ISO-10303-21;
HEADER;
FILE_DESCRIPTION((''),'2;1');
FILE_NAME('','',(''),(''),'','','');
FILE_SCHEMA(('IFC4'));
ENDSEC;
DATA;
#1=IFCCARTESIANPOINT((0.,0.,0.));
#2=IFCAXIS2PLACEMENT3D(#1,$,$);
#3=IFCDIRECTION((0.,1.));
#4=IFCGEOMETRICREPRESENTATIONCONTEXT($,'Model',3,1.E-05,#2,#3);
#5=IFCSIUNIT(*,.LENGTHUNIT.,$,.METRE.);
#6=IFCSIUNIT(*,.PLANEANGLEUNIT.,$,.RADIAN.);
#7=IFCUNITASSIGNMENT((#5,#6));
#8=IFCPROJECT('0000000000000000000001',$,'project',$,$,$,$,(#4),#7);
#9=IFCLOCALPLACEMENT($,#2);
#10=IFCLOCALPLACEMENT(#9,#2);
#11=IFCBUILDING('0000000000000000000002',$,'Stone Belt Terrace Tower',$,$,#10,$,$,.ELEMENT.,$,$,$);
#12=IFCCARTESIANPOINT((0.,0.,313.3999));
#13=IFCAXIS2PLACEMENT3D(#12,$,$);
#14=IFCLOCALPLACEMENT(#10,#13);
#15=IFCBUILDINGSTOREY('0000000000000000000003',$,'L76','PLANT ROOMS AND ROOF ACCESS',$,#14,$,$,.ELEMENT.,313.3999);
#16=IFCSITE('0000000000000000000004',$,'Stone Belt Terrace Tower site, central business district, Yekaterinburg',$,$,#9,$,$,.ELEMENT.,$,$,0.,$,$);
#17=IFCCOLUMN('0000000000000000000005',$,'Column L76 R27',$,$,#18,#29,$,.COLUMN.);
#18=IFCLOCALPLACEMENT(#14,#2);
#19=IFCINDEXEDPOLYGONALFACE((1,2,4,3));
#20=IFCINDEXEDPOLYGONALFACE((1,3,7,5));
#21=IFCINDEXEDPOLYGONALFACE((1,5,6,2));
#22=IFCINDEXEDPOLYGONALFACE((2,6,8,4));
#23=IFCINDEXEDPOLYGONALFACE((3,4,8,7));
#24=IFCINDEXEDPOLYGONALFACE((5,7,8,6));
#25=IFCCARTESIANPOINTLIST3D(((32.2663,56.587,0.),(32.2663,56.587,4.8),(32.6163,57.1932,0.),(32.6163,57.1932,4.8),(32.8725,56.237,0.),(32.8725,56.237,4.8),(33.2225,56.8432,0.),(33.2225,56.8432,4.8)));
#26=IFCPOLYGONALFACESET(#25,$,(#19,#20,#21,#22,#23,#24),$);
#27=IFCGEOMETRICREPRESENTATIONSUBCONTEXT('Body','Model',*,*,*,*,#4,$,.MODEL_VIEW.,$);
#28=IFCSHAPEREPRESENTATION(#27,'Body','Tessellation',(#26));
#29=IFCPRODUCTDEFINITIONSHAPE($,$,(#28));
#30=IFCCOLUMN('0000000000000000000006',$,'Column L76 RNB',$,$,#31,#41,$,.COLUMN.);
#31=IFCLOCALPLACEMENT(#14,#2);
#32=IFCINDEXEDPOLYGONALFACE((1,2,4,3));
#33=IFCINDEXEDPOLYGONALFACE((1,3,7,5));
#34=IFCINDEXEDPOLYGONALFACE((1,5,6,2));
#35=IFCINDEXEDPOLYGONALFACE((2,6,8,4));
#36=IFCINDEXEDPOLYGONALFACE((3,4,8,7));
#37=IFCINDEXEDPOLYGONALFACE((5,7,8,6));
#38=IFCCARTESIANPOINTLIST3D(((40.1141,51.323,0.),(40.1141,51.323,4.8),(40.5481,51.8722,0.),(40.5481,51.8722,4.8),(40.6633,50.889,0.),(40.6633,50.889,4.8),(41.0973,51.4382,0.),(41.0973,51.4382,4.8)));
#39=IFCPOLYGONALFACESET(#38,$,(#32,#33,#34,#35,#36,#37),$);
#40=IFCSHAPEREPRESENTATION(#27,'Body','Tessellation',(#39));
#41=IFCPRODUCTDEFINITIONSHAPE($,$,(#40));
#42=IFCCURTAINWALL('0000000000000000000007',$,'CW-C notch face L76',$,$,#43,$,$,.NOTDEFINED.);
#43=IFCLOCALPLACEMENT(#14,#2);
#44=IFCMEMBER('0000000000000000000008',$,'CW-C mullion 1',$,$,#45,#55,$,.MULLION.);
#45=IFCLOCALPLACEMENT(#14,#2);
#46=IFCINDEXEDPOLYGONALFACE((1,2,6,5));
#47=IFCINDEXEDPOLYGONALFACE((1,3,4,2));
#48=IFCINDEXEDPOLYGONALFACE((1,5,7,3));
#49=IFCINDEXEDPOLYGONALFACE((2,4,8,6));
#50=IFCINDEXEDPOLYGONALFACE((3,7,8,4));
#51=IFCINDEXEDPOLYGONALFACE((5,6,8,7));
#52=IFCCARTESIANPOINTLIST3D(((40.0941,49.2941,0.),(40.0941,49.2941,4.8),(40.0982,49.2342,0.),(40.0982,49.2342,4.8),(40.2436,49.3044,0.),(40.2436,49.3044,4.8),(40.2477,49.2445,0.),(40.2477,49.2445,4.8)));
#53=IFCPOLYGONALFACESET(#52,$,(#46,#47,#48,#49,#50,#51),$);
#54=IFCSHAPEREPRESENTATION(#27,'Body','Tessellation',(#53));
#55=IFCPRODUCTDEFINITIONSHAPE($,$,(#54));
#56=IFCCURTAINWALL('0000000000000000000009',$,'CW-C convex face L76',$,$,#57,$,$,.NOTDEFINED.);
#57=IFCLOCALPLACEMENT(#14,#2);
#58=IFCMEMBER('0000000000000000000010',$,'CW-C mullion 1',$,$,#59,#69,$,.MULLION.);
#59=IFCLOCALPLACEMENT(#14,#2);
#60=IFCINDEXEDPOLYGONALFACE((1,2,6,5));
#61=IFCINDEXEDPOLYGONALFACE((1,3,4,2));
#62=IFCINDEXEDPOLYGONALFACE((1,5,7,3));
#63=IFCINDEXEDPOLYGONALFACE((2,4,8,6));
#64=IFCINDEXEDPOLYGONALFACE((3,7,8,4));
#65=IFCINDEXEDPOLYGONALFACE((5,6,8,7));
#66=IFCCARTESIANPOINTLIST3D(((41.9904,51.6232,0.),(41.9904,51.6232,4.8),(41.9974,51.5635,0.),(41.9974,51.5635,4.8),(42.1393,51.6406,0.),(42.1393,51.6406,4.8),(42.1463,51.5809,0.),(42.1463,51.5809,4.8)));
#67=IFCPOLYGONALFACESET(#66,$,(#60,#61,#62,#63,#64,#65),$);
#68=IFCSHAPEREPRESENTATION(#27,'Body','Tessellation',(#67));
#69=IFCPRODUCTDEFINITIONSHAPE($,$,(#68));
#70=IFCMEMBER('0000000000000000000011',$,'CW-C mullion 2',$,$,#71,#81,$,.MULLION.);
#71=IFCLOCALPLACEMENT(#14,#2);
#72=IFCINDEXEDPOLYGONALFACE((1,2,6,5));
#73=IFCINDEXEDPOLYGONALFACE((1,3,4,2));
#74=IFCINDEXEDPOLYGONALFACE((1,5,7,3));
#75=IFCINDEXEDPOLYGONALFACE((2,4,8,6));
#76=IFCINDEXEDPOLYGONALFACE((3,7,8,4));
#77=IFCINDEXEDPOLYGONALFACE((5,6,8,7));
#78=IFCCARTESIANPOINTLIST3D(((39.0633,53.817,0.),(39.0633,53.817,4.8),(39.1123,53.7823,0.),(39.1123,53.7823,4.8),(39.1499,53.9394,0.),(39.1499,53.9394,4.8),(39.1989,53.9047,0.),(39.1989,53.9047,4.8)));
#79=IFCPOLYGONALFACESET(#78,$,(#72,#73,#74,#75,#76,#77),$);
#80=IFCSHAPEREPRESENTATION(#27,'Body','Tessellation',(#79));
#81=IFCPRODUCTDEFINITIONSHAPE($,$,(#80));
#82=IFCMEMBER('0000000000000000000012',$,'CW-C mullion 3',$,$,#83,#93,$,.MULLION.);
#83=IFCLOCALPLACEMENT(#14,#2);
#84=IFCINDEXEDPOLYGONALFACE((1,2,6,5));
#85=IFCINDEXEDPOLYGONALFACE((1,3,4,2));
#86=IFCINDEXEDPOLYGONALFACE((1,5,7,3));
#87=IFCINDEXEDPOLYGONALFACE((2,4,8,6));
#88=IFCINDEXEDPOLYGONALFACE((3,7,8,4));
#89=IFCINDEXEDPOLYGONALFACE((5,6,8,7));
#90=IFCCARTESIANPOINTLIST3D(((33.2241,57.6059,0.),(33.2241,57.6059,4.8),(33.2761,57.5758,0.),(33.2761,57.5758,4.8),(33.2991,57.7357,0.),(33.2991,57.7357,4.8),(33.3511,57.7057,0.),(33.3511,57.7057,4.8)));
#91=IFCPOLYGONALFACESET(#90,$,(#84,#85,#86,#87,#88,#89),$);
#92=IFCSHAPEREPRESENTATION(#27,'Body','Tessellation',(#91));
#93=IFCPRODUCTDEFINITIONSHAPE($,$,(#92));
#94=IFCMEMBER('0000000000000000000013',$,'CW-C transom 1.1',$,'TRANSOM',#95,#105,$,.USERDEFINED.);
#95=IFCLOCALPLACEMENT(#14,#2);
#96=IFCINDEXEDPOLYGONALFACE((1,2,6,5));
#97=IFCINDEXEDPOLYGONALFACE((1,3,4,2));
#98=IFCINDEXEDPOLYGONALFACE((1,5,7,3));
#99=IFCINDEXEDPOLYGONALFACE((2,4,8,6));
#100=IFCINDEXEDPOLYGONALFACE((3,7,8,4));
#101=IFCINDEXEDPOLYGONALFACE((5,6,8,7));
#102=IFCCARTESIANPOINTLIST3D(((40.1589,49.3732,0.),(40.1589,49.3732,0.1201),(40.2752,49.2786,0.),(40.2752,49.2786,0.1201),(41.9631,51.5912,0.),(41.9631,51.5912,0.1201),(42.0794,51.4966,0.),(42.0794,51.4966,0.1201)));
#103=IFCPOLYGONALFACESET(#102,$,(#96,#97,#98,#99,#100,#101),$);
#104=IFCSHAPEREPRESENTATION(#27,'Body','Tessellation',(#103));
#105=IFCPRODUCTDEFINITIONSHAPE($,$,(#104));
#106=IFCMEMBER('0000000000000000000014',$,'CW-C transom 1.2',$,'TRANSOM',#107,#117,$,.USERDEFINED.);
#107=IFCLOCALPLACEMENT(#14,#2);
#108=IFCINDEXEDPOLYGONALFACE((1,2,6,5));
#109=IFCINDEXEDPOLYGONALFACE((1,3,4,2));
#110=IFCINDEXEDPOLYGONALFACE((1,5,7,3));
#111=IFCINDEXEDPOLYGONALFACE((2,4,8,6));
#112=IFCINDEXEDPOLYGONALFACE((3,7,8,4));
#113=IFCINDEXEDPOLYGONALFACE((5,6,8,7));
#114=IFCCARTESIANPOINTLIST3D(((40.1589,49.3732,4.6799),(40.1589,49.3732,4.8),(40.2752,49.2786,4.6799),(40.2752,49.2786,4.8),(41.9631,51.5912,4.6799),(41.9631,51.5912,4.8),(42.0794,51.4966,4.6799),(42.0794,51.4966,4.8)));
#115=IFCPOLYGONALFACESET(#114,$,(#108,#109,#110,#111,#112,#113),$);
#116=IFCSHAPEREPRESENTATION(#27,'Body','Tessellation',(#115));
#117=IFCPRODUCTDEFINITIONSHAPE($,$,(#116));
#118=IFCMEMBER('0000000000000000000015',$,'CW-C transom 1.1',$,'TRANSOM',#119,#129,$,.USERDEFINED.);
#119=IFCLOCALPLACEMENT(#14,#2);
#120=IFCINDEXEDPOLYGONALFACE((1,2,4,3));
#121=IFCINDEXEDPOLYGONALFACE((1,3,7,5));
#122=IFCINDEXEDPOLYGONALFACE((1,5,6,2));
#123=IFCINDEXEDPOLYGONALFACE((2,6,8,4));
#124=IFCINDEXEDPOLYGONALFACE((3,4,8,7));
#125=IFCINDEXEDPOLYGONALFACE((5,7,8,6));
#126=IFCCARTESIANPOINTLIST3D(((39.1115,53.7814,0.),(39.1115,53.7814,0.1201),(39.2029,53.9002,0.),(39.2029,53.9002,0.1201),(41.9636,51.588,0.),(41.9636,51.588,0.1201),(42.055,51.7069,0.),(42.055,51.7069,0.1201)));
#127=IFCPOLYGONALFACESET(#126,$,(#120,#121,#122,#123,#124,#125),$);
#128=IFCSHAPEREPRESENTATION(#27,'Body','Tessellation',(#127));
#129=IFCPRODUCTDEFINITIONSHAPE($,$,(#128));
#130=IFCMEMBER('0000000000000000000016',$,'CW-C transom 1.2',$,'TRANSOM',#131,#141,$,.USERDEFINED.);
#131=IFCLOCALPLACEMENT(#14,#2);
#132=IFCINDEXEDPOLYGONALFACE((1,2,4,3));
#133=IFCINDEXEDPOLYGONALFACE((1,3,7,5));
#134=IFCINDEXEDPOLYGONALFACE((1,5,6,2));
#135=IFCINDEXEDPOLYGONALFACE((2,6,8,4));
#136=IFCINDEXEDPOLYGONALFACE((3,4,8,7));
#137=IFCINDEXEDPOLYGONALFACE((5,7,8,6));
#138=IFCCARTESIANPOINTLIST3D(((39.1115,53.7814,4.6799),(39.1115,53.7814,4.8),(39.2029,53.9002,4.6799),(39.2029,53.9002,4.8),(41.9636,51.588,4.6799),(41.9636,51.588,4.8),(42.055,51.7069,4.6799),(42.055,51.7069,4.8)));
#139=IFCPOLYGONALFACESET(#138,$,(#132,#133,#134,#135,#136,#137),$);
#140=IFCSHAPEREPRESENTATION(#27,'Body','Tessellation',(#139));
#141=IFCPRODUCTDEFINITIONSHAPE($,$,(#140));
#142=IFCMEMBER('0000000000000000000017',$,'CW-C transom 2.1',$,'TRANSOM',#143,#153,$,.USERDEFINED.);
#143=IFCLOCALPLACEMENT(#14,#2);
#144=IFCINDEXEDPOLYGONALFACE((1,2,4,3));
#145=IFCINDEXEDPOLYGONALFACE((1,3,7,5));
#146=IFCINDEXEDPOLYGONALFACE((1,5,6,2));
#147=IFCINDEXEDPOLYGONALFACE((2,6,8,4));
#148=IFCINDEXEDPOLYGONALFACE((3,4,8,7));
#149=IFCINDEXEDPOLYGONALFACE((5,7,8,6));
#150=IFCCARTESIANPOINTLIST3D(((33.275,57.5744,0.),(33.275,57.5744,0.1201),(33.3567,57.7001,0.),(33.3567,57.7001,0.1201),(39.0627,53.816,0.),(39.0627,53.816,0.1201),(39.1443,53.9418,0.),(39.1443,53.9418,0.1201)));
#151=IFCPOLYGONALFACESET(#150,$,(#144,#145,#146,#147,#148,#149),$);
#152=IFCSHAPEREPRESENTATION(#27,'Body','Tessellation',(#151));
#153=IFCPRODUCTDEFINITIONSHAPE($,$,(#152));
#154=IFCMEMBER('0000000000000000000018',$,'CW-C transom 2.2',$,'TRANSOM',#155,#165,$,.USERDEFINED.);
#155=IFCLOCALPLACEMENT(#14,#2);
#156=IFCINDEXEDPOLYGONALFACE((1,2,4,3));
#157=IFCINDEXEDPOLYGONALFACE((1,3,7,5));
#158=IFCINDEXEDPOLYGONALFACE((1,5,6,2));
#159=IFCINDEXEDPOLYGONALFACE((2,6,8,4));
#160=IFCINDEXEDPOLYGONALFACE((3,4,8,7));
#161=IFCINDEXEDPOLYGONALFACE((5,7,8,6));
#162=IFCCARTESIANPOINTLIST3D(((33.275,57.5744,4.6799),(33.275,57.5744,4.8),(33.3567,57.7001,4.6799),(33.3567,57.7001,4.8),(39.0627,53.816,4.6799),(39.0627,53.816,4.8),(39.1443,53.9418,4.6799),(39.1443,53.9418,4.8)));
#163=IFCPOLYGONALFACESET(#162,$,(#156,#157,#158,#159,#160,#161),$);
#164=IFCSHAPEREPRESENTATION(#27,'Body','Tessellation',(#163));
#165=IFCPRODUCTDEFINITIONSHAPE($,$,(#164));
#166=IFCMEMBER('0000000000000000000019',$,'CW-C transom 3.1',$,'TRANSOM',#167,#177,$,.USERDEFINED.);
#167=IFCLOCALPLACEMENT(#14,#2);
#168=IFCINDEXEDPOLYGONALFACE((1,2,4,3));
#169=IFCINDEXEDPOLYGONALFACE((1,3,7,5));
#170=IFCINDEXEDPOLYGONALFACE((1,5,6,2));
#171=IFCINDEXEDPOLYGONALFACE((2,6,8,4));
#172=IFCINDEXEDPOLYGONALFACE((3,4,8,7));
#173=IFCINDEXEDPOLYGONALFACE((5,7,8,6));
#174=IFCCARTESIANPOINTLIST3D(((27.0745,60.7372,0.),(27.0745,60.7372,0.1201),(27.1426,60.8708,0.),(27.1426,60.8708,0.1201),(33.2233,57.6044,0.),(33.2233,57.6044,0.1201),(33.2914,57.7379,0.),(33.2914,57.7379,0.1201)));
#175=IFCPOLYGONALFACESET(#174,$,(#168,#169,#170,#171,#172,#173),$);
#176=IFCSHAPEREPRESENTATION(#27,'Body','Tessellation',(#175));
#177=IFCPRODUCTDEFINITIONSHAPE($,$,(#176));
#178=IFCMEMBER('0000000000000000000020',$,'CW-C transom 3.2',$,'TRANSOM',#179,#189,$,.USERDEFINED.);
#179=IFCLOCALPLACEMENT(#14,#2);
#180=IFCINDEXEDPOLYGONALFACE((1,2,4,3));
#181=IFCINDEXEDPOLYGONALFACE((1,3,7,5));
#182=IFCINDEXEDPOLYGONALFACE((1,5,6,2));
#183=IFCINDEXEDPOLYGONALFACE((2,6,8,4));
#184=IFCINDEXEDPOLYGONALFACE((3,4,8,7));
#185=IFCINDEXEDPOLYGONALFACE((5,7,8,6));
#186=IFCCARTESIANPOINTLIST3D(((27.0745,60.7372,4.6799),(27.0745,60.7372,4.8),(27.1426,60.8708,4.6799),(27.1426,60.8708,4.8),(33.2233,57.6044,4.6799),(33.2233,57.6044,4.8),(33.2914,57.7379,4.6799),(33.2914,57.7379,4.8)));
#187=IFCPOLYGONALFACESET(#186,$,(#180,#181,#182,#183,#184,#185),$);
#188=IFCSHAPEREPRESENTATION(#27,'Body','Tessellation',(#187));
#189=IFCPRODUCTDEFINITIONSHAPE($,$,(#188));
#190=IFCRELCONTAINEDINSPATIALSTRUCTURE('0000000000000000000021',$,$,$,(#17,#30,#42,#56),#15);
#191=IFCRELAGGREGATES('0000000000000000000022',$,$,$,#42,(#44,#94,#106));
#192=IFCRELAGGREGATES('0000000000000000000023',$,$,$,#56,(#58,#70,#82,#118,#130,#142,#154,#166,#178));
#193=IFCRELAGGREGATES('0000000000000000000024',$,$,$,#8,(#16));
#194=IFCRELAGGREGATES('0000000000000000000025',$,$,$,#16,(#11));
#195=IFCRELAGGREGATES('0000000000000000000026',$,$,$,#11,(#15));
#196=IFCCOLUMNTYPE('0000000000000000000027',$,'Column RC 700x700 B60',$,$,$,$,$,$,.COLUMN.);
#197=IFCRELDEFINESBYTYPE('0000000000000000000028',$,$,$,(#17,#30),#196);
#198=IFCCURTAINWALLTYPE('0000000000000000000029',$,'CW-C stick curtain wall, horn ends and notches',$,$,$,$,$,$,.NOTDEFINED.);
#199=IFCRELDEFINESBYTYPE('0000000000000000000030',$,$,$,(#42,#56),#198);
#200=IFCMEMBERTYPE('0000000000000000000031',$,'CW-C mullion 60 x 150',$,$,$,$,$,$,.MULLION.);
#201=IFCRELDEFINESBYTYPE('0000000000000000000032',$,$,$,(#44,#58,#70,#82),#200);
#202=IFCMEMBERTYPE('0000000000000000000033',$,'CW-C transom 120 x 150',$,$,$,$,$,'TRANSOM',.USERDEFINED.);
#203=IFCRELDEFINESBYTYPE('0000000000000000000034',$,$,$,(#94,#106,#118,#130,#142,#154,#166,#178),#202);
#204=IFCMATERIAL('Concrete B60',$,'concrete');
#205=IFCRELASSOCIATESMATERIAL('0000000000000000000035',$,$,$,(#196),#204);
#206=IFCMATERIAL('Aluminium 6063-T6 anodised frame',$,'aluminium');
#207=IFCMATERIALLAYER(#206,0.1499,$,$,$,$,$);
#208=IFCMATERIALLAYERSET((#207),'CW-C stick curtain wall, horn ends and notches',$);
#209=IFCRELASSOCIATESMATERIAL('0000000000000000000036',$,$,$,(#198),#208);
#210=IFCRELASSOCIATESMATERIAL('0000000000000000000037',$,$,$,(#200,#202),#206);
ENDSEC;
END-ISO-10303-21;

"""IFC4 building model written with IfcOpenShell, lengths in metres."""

from ifc_helpers import new_model, si_unit, direction, frame, origin, origin_2d, place, context, subcontext, project, spatial, rectangle, extrude, material, layer, layer_set, material_profile, profile_set, type_object, element, aggregate, save


model = new_model("IFC4")

# Units and contexts
model_context = context("Model", 3, precision=1e-05, world=origin(), true_north=direction((0.0, 1.0)))
body_context = subcontext(model_context, "Body", "Model", "MODEL_VIEW")
ifc_project = project(units=[si_unit("LENGTHUNIT", "METRE"), si_unit("PLANEANGLEUNIT", "RADIAN")], contexts=[model_context])

# Site, building, storey
site_placement = place(None, origin())
site = spatial("IfcSite", under=ifc_project, at=site_placement, Name="Stone Belt Terrace Tower site, central business district, Yekaterinburg", CompositionType="ELEMENT", RefElevation=0.0)
building_placement = place(site_placement, origin())
building = spatial("IfcBuilding", under=site, at=building_placement, Name="Stone Belt Terrace Tower", CompositionType="ELEMENT")
storey_placement = place(building_placement, frame((0.0, 0.0, 313.3999)))
storey = spatial("IfcBuildingStorey", under=building, at=storey_placement, Name="L76", Description="PLANT ROOMS AND ROOF ACCESS", CompositionType="ELEMENT", Elevation=313.3999)

# Columns
ifc_material_1 = material(Name="Concrete B60", Category="concrete")
ifc_material_profile_1 = material_profile(ifc_material_1, rectangle(XDim=0.7, YDim=0.7, at=origin_2d()), Name="RC 700x700")
ifc_profile_set_1 = profile_set([ifc_material_profile_1], Name="Concrete B60")
column_type = type_object("IfcColumnType", Name="Column RC 700x700 B60", PredefinedType="COLUMN", material=ifc_profile_set_1)
for number, where, z_axis, x_axis, name in (
    (1, (32.7444, 56.7151, 0.0), (0.0, 0.0, 1.0), (0.866025, -0.5, 0.0), "Column L76 R27"),
    (2, (40.6057, 51.3806, 0.0), (0.0, 0.0, 1.0), (0.78457, -0.620041, 0.0), "Column L76 RNB"),
):
    element("IfcColumn", number, at=place(storey_placement, frame(where, z_axis=z_axis, x_axis=x_axis)), inside=storey, type_object=column_type, Name=name, PredefinedType="COLUMN", context=body_context, shape_type="SweptSolid", body=[
        extrude(rectangle(XDim=0.7, YDim=0.7, at=origin_2d()), origin(), (0.0, 0.0, 1.0), 4.8),
    ])

# Curtain wall, member
ifc_material_2 = material(Name="Aluminium 6063-T6 anodised frame", Category="aluminium")
ifc_layer_1 = layer(ifc_material_2, 0.1499)
ifc_layer_set_1 = layer_set([ifc_layer_1], Name="CW-C stick curtain wall, horn ends and notches")
curtain_wall_type = type_object("IfcCurtainWallType", Name="CW-C stick curtain wall, horn ends and notches", PredefinedType="NOTDEFINED", material=ifc_layer_set_1)
curtain_wall_1_placement = place(storey_placement, origin())
curtain_wall_1 = element("IfcCurtainWall", 3, at=curtain_wall_1_placement, inside=storey, type_object=curtain_wall_type, Name="CW-C notch face L76", PredefinedType="NOTDEFINED")
ifc_material_profile_2 = material_profile(ifc_material_2, rectangle(XDim=0.1499, YDim=0.0601, at=origin_2d()), Name="Aluminium 6063-T6 60x150")
ifc_profile_set_2 = profile_set([ifc_material_profile_2], Name="Aluminium 6063-T6 anodised frame")
member_type_1 = type_object("IfcMemberType", Name="CW-C mullion 60 x 150", PredefinedType="MULLION", material=ifc_profile_set_2)
member_1_placement = place(storey_placement, frame((40.1709, 49.2693, 0.0), z_axis=(0.0, 0.0, 1.0), x_axis=(-0.99764, -0.068666, 0.0)))
member_1 = element("IfcMember", 4, at=member_1_placement, type_object=member_type_1, Name="CW-C mullion 1", PredefinedType="MULLION", context=body_context, shape_type="SweptSolid", body=[
    extrude(rectangle(XDim=0.1499, YDim=0.0601, at=origin_2d()), origin(), (0.0, 0.0, 1.0), 4.8),
])

# Curtain wall, members
curtain_wall_2_placement = place(storey_placement, origin())
curtain_wall_2 = element("IfcCurtainWall", 5, at=curtain_wall_2_placement, inside=storey, type_object=curtain_wall_type, Name="CW-C convex face L76", PredefinedType="NOTDEFINED")
member_2_placement = place(storey_placement, frame((42.0684, 51.6021, 0.0), z_axis=(0.0, 0.0, 1.0), x_axis=(-0.993258, -0.115925, 0.0)))
member_2 = element("IfcMember", 6, at=member_2_placement, type_object=member_type_1, Name="CW-C mullion 1", PredefinedType="MULLION", context=body_context, shape_type="SweptSolid", body=[
    extrude(rectangle(XDim=0.1499, YDim=0.0601, at=origin_2d()), origin(), (0.0, 0.0, 1.0), 4.8),
])
member_3_placement = place(storey_placement, frame((39.1311, 53.8608, 0.0), z_axis=(0.0, 0.0, 1.0), x_axis=(-0.577587, -0.816329, 0.0)))
member_3 = element("IfcMember", 7, at=member_3_placement, type_object=member_type_1, Name="CW-C mullion 2", PredefinedType="MULLION", context=body_context, shape_type="SweptSolid", body=[
    extrude(rectangle(XDim=0.1499, YDim=0.0601, at=origin_2d()), origin(), (0.0, 0.0, 1.0), 4.8),
])
member_4_placement = place(storey_placement, frame((33.2876, 57.6558, 0.0), z_axis=(0.0, 0.0, 1.0), x_axis=(-0.5, -0.866025, 0.0)))
member_4 = element("IfcMember", 8, at=member_4_placement, type_object=member_type_1, Name="CW-C mullion 3", PredefinedType="MULLION", context=body_context, shape_type="SweptSolid", body=[
    extrude(rectangle(XDim=0.1499, YDim=0.0601, at=origin_2d()), origin(), (0.0, 0.0, 1.0), 4.8),
])

# Members
ifc_material_profile_3 = material_profile(ifc_material_2, rectangle(XDim=0.1499, YDim=0.1201, at=origin_2d()), Name="Aluminium 6063-T6 150x120")
ifc_profile_set_3 = profile_set([ifc_material_profile_3], Name="Aluminium 6063-T6 anodised frame")
member_type_2 = type_object("IfcMemberType", Name="CW-C transom 120 x 150", ElementType="TRANSOM", PredefinedType="USERDEFINED", material=ifc_profile_set_3)
member_5_placement = place(storey_placement, frame((40.217, 49.3259, 0.0601), z_axis=(0.631027, 0.775761, 0.0), x_axis=(-0.775761, 0.631027, 0.0)))
member_5 = element("IfcMember", 9, at=member_5_placement, type_object=member_type_2, Name="CW-C transom 1.1", ObjectType="TRANSOM", PredefinedType="USERDEFINED", context=body_context, shape_type="SweptSolid", body=[
    extrude(rectangle(XDim=0.1499, YDim=0.1201, at=origin_2d()), origin(), (0.0, 0.0, 1.0), 2.8591),
])
member_6_placement = place(storey_placement, frame((40.217, 49.3259, 4.74), z_axis=(0.631027, 0.775761, 0.0), x_axis=(-0.775761, 0.631027, 0.0)))
member_6 = element("IfcMember", 10, at=member_6_placement, type_object=member_type_2, Name="CW-C transom 1.2", ObjectType="TRANSOM", PredefinedType="USERDEFINED", context=body_context, shape_type="SweptSolid", body=[
    extrude(rectangle(XDim=0.1499, YDim=0.1201, at=origin_2d()), origin(), (0.0, 0.0, 1.0), 2.8591),
])
member_7_placement = place(storey_placement, frame((42.0093, 51.6475, 0.0601), z_axis=(-0.792695, 0.609619, 0.0), x_axis=(-0.609619, -0.792695, 0.0)))
member_7 = element("IfcMember", 11, at=member_7_placement, type_object=member_type_2, Name="CW-C transom 1.1", ObjectType="TRANSOM", PredefinedType="USERDEFINED", context=body_context, shape_type="SweptSolid", body=[
    extrude(rectangle(XDim=0.1499, YDim=0.1201, at=origin_2d()), origin(), (0.0, 0.0, 1.0), 3.5979),
])
member_8_placement = place(storey_placement, frame((42.0093, 51.6475, 4.74), z_axis=(-0.792695, 0.609619, 0.0), x_axis=(-0.609619, -0.792695, 0.0)))
member_8 = element("IfcMember", 12, at=member_8_placement, type_object=member_type_2, Name="CW-C transom 1.2", ObjectType="TRANSOM", PredefinedType="USERDEFINED", context=body_context, shape_type="SweptSolid", body=[
    extrude(rectangle(XDim=0.1499, YDim=0.1201, at=origin_2d()), origin(), (0.0, 0.0, 1.0), 3.5979),
])
member_9_placement = place(storey_placement, frame((39.1035, 53.8789, 0.0601), z_axis=(-0.838684, 0.544618, 0.0), x_axis=(-0.544618, -0.838684, 0.0)))
member_9 = element("IfcMember", 13, at=member_9_placement, type_object=member_type_2, Name="CW-C transom 2.1", ObjectType="TRANSOM", PredefinedType="USERDEFINED", context=body_context, shape_type="SweptSolid", body=[
    extrude(rectangle(XDim=0.1499, YDim=0.1201, at=origin_2d()), origin(), (0.0, 0.0, 1.0), 6.9009),
])
member_10_placement = place(storey_placement, frame((39.1035, 53.8789, 4.74), z_axis=(-0.838684, 0.544618, 0.0), x_axis=(-0.544618, -0.838684, 0.0)))
member_10 = element("IfcMember", 14, at=member_10_placement, type_object=member_type_2, Name="CW-C transom 2.2", ObjectType="TRANSOM", PredefinedType="USERDEFINED", context=body_context, shape_type="SweptSolid", body=[
    extrude(rectangle(XDim=0.1499, YDim=0.1201, at=origin_2d()), origin(), (0.0, 0.0, 1.0), 6.9009),
])
member_11_placement = place(storey_placement, frame((33.2573, 57.6711, 0.0601), z_axis=(-0.891012, 0.453979, 0.0), x_axis=(-0.453979, -0.891012, 0.0)))
member_11 = element("IfcMember", 15, at=member_11_placement, type_object=member_type_2, Name="CW-C transom 3.1", ObjectType="TRANSOM", PredefinedType="USERDEFINED", context=body_context, shape_type="SweptSolid", body=[
    extrude(rectangle(XDim=0.1499, YDim=0.1201, at=origin_2d()), origin(), (0.0, 0.0, 1.0), 6.9009),
])
member_12_placement = place(storey_placement, frame((33.2573, 57.6711, 4.74), z_axis=(-0.891012, 0.453979, 0.0), x_axis=(-0.453979, -0.891012, 0.0)))
member_12 = element("IfcMember", 16, at=member_12_placement, type_object=member_type_2, Name="CW-C transom 3.2", ObjectType="TRANSOM", PredefinedType="USERDEFINED", context=body_context, shape_type="SweptSolid", body=[
    extrude(rectangle(XDim=0.1499, YDim=0.1201, at=origin_2d()), origin(), (0.0, 0.0, 1.0), 6.9009),
])

aggregate(curtain_wall_1, [member_1, member_5, member_6])
aggregate(curtain_wall_2, [member_2, member_3, member_4, member_7, member_8, member_9, member_10, member_11, member_12])

save(model, "model.ifc")
